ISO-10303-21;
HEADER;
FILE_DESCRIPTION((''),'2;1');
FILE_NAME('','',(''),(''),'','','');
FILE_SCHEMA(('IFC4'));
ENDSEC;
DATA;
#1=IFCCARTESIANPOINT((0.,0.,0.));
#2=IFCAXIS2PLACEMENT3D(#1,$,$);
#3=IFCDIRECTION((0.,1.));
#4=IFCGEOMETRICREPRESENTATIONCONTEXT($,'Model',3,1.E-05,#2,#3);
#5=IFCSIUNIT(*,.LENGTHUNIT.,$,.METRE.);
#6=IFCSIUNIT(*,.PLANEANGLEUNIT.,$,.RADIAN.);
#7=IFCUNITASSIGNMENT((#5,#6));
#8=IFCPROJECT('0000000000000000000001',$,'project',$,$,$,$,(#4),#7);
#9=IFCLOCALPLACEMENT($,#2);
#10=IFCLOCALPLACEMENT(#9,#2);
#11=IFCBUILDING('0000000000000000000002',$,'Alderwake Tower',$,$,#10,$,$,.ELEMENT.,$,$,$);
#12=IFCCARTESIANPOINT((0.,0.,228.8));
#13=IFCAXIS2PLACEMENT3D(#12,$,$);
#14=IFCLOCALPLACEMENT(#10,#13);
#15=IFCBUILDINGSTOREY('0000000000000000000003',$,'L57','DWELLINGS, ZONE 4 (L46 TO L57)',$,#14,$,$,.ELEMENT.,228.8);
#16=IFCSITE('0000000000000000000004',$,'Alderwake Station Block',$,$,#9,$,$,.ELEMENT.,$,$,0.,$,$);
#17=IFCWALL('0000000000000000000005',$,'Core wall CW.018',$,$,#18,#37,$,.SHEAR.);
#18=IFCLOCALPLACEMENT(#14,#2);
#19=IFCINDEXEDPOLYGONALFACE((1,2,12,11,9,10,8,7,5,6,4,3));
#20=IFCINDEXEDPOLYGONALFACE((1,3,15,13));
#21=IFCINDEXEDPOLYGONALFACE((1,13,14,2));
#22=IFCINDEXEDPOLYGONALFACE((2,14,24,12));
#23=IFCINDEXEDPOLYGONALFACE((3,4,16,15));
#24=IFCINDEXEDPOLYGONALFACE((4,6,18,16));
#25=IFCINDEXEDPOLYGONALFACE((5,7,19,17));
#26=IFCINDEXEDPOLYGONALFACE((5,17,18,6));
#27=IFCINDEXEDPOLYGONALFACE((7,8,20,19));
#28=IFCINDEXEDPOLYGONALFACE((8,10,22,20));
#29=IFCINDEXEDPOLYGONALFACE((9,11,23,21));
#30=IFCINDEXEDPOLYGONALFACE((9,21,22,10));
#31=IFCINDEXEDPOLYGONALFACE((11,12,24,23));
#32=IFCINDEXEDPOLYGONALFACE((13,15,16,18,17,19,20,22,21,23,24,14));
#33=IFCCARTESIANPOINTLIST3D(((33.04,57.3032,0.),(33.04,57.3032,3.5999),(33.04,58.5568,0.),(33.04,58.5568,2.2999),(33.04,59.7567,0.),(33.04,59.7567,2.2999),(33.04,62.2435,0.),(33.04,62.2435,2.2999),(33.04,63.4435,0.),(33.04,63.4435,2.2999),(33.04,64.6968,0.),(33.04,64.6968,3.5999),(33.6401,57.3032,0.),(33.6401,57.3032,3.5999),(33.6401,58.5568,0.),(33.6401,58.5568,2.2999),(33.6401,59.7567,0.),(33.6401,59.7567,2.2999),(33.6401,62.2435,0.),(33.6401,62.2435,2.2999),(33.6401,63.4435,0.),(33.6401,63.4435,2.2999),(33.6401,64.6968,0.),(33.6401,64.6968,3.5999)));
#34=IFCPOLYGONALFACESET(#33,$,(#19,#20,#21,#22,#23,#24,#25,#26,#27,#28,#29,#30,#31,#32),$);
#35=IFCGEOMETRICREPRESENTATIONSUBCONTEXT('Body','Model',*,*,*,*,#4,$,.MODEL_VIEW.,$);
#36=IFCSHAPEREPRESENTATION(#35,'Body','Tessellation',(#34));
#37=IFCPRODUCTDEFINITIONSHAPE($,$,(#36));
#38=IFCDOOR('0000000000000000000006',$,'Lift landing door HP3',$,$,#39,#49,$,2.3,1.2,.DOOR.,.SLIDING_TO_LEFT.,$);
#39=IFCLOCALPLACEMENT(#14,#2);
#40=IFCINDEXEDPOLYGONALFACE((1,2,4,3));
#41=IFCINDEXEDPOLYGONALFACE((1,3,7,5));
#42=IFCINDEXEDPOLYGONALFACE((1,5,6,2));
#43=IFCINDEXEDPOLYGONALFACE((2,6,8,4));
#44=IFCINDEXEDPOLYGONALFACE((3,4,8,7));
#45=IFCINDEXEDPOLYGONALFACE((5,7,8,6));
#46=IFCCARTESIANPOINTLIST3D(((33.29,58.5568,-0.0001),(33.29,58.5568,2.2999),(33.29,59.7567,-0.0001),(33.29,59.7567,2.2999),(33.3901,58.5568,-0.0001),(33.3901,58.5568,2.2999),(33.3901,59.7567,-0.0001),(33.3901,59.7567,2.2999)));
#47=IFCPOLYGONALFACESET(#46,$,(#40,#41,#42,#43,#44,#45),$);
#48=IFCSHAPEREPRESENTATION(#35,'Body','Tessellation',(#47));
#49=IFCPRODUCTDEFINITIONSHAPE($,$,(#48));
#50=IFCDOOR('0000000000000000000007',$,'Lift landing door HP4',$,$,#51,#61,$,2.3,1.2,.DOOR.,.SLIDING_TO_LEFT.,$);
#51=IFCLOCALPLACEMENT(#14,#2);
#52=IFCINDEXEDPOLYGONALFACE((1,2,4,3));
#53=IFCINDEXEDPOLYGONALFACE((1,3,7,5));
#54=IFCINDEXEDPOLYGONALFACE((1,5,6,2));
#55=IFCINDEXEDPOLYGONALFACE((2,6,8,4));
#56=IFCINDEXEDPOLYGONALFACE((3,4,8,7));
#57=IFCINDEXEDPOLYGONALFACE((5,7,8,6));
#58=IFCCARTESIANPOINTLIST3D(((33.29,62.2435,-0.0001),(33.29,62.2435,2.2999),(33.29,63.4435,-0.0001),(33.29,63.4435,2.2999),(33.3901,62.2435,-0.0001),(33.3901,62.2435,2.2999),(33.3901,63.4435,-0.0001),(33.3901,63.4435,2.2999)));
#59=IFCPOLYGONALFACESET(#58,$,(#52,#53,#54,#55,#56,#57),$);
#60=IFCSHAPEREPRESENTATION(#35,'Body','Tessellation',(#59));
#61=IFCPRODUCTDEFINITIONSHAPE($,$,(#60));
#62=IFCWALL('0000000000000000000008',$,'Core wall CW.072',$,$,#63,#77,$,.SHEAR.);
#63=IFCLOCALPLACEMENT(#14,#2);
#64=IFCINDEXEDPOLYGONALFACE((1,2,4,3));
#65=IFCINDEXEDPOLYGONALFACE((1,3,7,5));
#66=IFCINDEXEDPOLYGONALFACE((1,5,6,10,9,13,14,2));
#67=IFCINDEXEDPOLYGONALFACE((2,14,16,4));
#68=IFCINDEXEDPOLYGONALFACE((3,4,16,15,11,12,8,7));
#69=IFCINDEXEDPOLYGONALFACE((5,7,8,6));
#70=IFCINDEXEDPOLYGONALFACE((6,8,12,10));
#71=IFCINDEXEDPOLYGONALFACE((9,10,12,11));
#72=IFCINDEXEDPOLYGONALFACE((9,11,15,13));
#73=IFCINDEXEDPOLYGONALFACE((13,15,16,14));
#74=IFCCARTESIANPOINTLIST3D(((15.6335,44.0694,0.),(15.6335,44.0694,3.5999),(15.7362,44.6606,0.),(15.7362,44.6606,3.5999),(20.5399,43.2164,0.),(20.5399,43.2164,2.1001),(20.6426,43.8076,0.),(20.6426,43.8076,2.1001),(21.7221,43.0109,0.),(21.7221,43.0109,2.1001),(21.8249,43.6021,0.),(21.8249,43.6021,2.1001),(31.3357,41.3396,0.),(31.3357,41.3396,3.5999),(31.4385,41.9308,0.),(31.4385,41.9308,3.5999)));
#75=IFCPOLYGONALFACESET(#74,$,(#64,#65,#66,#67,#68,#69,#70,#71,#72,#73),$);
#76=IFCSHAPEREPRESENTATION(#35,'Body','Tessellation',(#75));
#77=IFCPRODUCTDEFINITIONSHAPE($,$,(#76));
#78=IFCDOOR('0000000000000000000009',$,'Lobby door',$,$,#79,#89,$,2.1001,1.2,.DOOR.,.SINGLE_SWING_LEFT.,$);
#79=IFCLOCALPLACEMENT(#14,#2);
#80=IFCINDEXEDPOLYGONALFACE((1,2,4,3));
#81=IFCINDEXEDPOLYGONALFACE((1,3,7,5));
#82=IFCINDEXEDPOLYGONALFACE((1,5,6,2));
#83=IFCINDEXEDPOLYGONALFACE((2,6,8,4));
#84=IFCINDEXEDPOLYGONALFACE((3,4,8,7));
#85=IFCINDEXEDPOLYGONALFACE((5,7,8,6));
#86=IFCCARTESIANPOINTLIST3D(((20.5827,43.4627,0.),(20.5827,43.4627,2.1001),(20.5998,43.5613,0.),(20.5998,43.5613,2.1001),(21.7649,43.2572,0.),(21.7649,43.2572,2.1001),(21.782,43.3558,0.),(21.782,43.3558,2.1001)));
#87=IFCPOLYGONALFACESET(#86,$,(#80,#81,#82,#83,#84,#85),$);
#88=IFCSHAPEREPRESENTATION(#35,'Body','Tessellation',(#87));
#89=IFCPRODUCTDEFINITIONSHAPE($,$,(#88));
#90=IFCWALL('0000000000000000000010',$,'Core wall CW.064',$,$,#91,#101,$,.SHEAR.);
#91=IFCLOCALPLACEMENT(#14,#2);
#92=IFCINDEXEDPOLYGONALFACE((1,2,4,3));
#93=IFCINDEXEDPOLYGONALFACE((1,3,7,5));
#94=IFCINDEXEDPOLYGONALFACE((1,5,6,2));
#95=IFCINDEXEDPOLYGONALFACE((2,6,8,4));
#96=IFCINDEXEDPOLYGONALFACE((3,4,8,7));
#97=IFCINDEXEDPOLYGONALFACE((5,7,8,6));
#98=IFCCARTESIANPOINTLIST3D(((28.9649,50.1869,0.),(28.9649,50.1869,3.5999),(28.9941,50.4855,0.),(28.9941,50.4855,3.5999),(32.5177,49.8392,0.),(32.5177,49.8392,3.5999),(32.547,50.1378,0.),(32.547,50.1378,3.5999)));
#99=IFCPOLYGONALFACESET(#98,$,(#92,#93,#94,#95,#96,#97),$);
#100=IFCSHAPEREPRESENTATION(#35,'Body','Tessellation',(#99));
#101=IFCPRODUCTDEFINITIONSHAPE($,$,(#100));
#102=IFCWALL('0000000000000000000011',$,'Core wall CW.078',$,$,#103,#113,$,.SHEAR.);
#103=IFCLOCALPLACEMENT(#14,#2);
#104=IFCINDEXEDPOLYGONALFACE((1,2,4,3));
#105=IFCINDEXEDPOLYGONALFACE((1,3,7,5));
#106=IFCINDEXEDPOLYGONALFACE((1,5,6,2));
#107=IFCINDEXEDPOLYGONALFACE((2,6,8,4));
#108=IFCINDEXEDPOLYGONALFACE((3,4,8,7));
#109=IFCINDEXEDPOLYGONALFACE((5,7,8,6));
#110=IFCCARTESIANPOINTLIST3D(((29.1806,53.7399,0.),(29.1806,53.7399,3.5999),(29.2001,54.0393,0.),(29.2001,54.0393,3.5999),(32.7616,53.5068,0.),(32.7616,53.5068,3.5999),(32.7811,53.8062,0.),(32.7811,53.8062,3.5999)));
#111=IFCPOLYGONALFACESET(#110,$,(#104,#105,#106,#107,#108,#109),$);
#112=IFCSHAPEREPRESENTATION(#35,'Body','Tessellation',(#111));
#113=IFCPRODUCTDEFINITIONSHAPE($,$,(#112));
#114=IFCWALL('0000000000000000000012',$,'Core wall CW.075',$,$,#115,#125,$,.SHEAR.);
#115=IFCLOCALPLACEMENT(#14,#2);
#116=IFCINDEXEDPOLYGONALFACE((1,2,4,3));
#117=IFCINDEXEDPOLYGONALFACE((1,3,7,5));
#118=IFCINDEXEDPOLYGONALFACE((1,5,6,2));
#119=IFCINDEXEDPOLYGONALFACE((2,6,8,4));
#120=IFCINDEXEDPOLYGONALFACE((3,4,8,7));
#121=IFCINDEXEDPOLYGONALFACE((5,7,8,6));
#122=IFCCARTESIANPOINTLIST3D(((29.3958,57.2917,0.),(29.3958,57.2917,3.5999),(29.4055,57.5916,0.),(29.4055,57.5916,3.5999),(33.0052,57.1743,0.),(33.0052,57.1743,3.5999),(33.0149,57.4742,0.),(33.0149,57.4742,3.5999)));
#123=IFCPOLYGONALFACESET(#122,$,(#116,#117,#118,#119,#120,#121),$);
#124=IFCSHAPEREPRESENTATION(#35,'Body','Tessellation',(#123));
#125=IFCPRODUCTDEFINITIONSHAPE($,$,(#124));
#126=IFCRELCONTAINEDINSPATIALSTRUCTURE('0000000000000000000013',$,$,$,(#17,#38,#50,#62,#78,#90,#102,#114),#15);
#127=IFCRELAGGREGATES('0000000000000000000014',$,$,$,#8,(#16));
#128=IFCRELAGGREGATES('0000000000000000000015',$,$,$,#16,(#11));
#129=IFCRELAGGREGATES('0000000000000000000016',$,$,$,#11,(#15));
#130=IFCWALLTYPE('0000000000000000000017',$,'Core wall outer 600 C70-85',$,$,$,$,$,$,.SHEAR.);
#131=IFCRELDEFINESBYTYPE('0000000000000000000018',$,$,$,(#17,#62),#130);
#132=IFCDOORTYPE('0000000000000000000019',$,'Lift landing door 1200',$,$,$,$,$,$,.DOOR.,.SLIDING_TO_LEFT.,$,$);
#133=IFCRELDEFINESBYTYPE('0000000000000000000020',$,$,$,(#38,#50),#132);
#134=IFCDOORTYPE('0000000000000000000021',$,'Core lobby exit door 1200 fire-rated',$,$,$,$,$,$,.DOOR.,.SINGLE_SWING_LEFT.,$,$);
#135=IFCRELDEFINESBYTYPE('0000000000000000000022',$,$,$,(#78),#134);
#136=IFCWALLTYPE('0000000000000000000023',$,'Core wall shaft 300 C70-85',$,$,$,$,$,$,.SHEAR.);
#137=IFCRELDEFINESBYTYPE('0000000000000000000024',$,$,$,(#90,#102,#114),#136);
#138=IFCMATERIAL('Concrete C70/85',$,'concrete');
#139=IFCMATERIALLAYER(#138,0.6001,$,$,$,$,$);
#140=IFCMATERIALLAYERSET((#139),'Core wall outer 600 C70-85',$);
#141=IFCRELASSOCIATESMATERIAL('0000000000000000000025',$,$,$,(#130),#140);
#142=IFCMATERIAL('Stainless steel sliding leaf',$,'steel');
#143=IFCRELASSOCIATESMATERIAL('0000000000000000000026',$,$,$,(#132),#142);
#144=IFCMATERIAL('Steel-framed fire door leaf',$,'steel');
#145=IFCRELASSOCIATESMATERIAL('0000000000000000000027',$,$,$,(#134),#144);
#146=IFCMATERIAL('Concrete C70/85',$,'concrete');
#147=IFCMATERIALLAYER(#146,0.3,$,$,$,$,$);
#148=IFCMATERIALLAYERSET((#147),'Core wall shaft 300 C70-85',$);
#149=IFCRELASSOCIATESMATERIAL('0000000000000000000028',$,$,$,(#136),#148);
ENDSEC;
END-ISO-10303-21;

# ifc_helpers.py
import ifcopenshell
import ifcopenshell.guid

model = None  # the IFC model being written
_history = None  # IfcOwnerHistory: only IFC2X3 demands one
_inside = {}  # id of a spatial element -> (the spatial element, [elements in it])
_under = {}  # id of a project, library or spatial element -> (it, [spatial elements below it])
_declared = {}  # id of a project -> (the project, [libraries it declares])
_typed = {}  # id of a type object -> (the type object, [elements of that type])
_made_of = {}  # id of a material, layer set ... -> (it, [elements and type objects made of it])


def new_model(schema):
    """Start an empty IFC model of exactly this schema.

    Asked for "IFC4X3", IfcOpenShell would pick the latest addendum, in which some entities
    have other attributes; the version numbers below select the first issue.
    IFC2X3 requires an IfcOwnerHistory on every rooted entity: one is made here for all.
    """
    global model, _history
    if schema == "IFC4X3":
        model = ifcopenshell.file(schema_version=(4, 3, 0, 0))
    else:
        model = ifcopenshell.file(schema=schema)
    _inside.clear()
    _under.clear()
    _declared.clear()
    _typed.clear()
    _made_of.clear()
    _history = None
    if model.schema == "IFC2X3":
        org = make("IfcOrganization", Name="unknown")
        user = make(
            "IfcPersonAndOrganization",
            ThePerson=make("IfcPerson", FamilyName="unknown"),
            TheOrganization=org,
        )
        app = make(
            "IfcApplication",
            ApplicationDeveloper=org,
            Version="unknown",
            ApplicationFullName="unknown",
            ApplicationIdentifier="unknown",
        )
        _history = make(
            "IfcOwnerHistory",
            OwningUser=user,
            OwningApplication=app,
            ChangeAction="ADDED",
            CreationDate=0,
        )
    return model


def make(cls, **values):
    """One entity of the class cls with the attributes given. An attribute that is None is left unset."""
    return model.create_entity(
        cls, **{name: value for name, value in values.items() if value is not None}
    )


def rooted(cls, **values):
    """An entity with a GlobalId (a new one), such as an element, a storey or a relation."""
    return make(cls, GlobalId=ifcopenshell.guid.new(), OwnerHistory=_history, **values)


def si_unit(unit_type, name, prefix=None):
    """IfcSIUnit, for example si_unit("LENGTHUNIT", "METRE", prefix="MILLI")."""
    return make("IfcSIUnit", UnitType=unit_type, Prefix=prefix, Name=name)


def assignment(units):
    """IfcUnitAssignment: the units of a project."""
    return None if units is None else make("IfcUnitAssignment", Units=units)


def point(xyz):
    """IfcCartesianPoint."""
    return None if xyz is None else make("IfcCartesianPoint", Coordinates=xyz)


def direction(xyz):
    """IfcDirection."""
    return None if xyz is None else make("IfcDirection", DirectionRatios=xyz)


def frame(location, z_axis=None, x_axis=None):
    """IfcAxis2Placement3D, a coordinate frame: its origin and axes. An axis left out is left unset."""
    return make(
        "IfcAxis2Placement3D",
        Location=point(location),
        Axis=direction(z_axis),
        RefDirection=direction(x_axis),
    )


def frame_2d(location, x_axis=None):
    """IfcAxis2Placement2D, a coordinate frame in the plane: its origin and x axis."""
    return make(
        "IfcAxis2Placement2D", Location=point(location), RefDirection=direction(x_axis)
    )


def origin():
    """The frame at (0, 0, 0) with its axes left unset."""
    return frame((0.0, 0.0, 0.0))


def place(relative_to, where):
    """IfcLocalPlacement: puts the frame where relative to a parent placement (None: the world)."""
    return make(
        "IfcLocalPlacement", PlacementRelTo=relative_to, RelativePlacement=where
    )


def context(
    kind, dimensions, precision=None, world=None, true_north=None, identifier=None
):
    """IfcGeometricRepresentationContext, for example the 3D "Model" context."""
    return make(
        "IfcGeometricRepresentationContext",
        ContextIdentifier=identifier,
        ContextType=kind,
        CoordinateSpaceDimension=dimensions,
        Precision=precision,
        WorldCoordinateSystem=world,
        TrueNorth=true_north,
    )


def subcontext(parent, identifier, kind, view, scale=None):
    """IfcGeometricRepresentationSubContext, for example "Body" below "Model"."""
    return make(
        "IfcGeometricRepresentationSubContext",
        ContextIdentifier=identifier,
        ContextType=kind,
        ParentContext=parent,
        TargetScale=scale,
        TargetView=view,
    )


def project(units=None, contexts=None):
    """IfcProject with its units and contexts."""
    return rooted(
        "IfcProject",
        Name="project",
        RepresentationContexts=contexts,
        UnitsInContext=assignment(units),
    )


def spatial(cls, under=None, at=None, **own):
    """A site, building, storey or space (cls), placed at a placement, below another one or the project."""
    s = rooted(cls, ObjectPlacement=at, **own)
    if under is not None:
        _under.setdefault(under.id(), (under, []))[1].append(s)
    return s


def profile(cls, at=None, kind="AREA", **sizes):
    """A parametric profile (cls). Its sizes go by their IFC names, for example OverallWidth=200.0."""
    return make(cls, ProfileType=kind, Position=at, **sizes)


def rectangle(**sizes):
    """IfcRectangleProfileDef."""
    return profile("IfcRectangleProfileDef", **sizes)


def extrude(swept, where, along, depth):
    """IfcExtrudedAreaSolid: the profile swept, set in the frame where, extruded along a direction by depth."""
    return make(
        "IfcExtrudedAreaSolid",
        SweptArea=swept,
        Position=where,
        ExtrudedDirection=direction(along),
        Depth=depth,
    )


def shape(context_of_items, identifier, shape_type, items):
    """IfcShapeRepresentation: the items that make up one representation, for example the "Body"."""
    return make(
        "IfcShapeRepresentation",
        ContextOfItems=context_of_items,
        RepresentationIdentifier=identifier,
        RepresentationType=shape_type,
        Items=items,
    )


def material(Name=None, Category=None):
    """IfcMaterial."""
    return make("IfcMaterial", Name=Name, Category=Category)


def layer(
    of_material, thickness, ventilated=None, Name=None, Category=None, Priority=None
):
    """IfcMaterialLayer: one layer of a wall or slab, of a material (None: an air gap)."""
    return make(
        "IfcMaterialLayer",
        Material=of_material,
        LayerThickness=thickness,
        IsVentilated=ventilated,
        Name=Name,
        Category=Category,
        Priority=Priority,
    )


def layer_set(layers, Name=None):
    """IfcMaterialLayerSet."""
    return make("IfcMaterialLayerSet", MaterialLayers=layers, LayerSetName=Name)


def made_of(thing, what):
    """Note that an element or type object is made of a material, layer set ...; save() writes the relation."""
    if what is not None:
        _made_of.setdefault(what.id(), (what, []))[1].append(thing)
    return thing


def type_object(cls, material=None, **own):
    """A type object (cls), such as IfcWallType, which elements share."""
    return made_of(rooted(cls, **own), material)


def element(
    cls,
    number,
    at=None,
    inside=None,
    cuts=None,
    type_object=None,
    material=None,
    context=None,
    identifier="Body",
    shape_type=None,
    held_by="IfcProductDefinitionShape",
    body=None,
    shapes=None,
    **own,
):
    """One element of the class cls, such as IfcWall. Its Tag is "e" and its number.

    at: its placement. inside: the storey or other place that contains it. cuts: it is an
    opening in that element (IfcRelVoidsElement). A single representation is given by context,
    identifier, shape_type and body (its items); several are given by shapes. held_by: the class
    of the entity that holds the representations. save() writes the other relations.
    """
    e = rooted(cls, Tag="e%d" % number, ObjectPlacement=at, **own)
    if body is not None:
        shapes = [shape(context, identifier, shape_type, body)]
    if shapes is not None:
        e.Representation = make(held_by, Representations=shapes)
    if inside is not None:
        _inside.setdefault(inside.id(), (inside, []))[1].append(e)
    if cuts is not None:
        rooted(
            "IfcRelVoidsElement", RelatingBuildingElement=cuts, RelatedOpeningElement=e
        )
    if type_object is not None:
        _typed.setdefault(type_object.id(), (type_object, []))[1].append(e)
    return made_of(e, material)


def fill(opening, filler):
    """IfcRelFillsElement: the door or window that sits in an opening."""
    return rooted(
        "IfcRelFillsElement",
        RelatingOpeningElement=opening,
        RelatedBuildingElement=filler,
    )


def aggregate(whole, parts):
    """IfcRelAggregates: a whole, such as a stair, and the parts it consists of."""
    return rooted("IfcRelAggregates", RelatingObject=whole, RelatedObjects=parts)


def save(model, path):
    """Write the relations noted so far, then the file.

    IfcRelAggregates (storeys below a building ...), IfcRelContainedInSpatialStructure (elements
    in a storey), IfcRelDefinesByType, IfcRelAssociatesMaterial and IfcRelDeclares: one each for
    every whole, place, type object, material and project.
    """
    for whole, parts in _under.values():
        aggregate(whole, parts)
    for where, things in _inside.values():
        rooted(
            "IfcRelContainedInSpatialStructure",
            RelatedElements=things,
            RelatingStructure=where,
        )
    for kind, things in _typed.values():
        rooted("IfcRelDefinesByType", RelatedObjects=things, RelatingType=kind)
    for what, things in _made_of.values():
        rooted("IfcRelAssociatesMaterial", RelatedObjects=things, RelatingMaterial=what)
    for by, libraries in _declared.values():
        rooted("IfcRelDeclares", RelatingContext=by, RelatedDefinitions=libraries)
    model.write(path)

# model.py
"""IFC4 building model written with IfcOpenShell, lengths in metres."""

from ifc_helpers import new_model, si_unit, direction, frame, frame_2d, origin, place, context, subcontext, project, spatial, rectangle, extrude, material, layer, layer_set, type_object, element, fill, save


model = new_model("IFC4")

# Units and contexts
model_context = context("Model", 3, precision=1e-05, world=origin(), true_north=direction((0.0, 1.0)))
body_context = subcontext(model_context, "Body", "Model", "MODEL_VIEW")
ifc_project = project(units=[si_unit("LENGTHUNIT", "METRE"), si_unit("PLANEANGLEUNIT", "RADIAN")], contexts=[model_context])

# Site, building, storey
site_placement = place(None, origin())
site = spatial("IfcSite", under=ifc_project, at=site_placement, Name="Alderwake Station Block", CompositionType="ELEMENT", RefElevation=0.0)
building_placement = place(site_placement, origin())
building = spatial("IfcBuilding", under=site, at=building_placement, Name="Alderwake Tower", CompositionType="ELEMENT")
storey_placement = place(building_placement, frame((0.0, 0.0, 228.8)))
storey = spatial("IfcBuildingStorey", under=building, at=storey_placement, Name="L57", Description="DWELLINGS, ZONE 4 (L46 TO L57)", CompositionType="ELEMENT", Elevation=228.8)

# Shared definitions
ifc_material_1 = material(Name="Concrete C70/85", Category="concrete")
ifc_layer_1 = layer(ifc_material_1, 0.6001)
ifc_layer_set_1 = layer_set([ifc_layer_1], Name="Core wall outer 600 C70-85")
wall_type_1 = type_object("IfcWallType", Name="Core wall outer 600 C70-85", PredefinedType="SHEAR", material=ifc_layer_set_1)

# Wall, openings, doors
ifc_material_2 = material(Name="Stainless steel sliding leaf", Category="steel")
door_type_1 = type_object("IfcDoorType", Name="Lift landing door 1200", OperationType="SLIDING_TO_LEFT", PredefinedType="DOOR", material=ifc_material_2)
wall_1_placement = place(storey_placement, frame((33.3401, 57.3032, 0.0), z_axis=(0.0, 0.0, 1.0), x_axis=(0.0, 1.0, 0.0)))
wall_1 = element("IfcWall", 1, at=wall_1_placement, inside=storey, type_object=wall_type_1, Name="Core wall CW.018", PredefinedType="SHEAR", context=body_context, shape_type="SweptSolid", body=[
    extrude(rectangle(XDim=7.3936, YDim=0.6001, at=frame_2d((3.6968, 0.0))), origin(), (0.0, 0.0, 1.0), 3.5999),
])
opening_1_placement = place(wall_1_placement, frame((1.2534, 0.0, 0.0)))
opening_1 = element("IfcOpeningElement", 2, at=opening_1_placement, cuts=wall_1, PredefinedType="OPENING", context=body_context, shape_type="SweptSolid", body=[
    extrude(rectangle(XDim=1.2, YDim=2.3, at=frame_2d((0.6001, 1.1499))), frame((0.0, 0.3101, 0.0), z_axis=(0.0, -1.0, 0.0), x_axis=(1.0, 0.0, 0.0)), (0.0, 0.0, 1.0), 0.6201),
])
opening_2_placement = place(wall_1_placement, frame((4.9402, 0.0, 0.0)))
opening_2 = element("IfcOpeningElement", 3, at=opening_2_placement, cuts=wall_1, PredefinedType="OPENING", context=body_context, shape_type="SweptSolid", body=[
    extrude(rectangle(XDim=1.2, YDim=2.3, at=frame_2d((0.6001, 1.1499))), frame((0.0, 0.3101, 0.0), z_axis=(0.0, -1.0, 0.0), x_axis=(1.0, 0.0, 0.0)), (0.0, 0.0, 1.0), 0.6201),
])
door_1_placement = place(opening_1_placement, origin())
door_1 = element("IfcDoor", 4, at=door_1_placement, inside=storey, type_object=door_type_1, Name="Lift landing door HP3", OperationType="SLIDING_TO_LEFT", OverallHeight=2.3, OverallWidth=1.2, PredefinedType="DOOR", context=body_context, shape_type="SweptSolid", body=[
    extrude(rectangle(XDim=1.2, YDim=2.3, at=frame_2d((0.6001, 1.1499))), frame((0.0, 0.05, 0.0), z_axis=(0.0, -1.0, 0.0), x_axis=(1.0, 0.0, 0.0)), (0.0, 0.0, 1.0), 0.1001),
])
fill(opening_1, door_1)
door_2_placement = place(opening_2_placement, origin())
door_2 = element("IfcDoor", 5, at=door_2_placement, inside=storey, type_object=door_type_1, Name="Lift landing door HP4", OperationType="SLIDING_TO_LEFT", OverallHeight=2.3, OverallWidth=1.2, PredefinedType="DOOR", context=body_context, shape_type="SweptSolid", body=[
    extrude(rectangle(XDim=1.2, YDim=2.3, at=frame_2d((0.6001, 1.1499))), frame((0.0, 0.05, 0.0), z_axis=(0.0, -1.0, 0.0), x_axis=(1.0, 0.0, 0.0)), (0.0, 0.0, 1.0), 0.1001),
])
fill(opening_2, door_2)

# Wall, opening, door
wall_2_placement = place(storey_placement, frame((31.387, 41.6353, 0.0), z_axis=(0.0, 0.0, 1.0), x_axis=(-0.985223, 0.171276, 0.0)))
wall_2 = element("IfcWall", 6, at=wall_2_placement, inside=storey, type_object=wall_type_1, Name="Core wall CW.072", PredefinedType="SHEAR", context=body_context, shape_type="SweptSolid", body=[
    extrude(rectangle(XDim=15.9377, YDim=0.6001, at=frame_2d((7.9688, 0.0))), origin(), (0.0, 0.0, 1.0), 3.5999),
])
opening_3_placement = place(wall_2_placement, frame((9.7576, 0.0, 0.0)))
opening_3 = element("IfcOpeningElement", 7, at=opening_3_placement, cuts=wall_2, PredefinedType="OPENING", context=body_context, shape_type="SweptSolid", body=[
    extrude(rectangle(XDim=1.2, YDim=2.1001, at=frame_2d((0.6001, 1.05))), frame((0.0, 0.3101, 0.0), z_axis=(0.0, -1.0, 0.0), x_axis=(1.0, 0.0, 0.0)), (0.0, 0.0, 1.0), 0.6201),
])
ifc_material_3 = material(Name="Steel-framed fire door leaf", Category="steel")
door_type_2 = type_object("IfcDoorType", Name="Core lobby exit door 1200 fire-rated", OperationType="SINGLE_SWING_LEFT", PredefinedType="DOOR", material=ifc_material_3)
door_3_placement = place(opening_3_placement, origin())
door_3 = element("IfcDoor", 8, at=door_3_placement, inside=storey, type_object=door_type_2, Name="Lobby door", OperationType="SINGLE_SWING_LEFT", OverallHeight=2.1001, OverallWidth=1.2, PredefinedType="DOOR", context=body_context, shape_type="SweptSolid", body=[
    extrude(rectangle(XDim=1.2, YDim=2.1001, at=frame_2d((0.6001, 1.05))), frame((0.0, 0.05, 0.0), z_axis=(0.0, -1.0, 0.0), x_axis=(1.0, 0.0, 0.0)), (0.0, 0.0, 1.0), 0.1001),
])
fill(opening_3, door_3)

# Walls
ifc_material_4 = material(Name="Concrete C70/85", Category="concrete")
ifc_layer_2 = layer(ifc_material_4, 0.3)
ifc_layer_set_2 = layer_set([ifc_layer_2], Name="Core wall shaft 300 C70-85")
wall_type_2 = type_object("IfcWallType", Name="Core wall shaft 300 C70-85", PredefinedType="SHEAR", material=ifc_layer_set_2)
wall_3_placement = place(storey_placement, frame((28.9795, 50.3362, 0.0), z_axis=(0.0, 0.0, 1.0), x_axis=(0.995246, -0.097391, 0.0)))
element("IfcWall", 9, at=wall_3_placement, inside=storey, type_object=wall_type_2, Name="Core wall CW.064", PredefinedType="SHEAR", context=body_context, shape_type="SweptSolid", body=[
    extrude(rectangle(XDim=3.5698, YDim=0.3, at=frame_2d((1.7849, 0.0))), origin(), (0.0, 0.0, 1.0), 3.5999),
])
wall_4_placement = place(storey_placement, frame((29.1902, 53.8896, 0.0), z_axis=(0.0, 0.0, 1.0), x_axis=(0.997887, -0.06497, 0.0)))
element("IfcWall", 10, at=wall_4_placement, inside=storey, type_object=wall_type_2, Name="Core wall CW.078", PredefinedType="SHEAR", context=body_context, shape_type="SweptSolid", body=[
    extrude(rectangle(XDim=3.5886, YDim=0.3, at=frame_2d((1.7944, 0.0))), origin(), (0.0, 0.0, 1.0), 3.5999),
])
wall_5_placement = place(storey_placement, frame((29.4006, 57.4417, 0.0), z_axis=(0.0, 0.0, 1.0), x_axis=(0.999471, -0.032518, 0.0)))
element("IfcWall", 11, at=wall_5_placement, inside=storey, type_object=wall_type_2, Name="Core wall CW.075", PredefinedType="SHEAR", context=body_context, shape_type="SweptSolid", body=[
    extrude(rectangle(XDim=3.6113, YDim=0.3, at=frame_2d((1.8057, 0.0))), origin(), (0.0, 0.0, 1.0), 3.5999),
])

save(model, "model.ifc")
